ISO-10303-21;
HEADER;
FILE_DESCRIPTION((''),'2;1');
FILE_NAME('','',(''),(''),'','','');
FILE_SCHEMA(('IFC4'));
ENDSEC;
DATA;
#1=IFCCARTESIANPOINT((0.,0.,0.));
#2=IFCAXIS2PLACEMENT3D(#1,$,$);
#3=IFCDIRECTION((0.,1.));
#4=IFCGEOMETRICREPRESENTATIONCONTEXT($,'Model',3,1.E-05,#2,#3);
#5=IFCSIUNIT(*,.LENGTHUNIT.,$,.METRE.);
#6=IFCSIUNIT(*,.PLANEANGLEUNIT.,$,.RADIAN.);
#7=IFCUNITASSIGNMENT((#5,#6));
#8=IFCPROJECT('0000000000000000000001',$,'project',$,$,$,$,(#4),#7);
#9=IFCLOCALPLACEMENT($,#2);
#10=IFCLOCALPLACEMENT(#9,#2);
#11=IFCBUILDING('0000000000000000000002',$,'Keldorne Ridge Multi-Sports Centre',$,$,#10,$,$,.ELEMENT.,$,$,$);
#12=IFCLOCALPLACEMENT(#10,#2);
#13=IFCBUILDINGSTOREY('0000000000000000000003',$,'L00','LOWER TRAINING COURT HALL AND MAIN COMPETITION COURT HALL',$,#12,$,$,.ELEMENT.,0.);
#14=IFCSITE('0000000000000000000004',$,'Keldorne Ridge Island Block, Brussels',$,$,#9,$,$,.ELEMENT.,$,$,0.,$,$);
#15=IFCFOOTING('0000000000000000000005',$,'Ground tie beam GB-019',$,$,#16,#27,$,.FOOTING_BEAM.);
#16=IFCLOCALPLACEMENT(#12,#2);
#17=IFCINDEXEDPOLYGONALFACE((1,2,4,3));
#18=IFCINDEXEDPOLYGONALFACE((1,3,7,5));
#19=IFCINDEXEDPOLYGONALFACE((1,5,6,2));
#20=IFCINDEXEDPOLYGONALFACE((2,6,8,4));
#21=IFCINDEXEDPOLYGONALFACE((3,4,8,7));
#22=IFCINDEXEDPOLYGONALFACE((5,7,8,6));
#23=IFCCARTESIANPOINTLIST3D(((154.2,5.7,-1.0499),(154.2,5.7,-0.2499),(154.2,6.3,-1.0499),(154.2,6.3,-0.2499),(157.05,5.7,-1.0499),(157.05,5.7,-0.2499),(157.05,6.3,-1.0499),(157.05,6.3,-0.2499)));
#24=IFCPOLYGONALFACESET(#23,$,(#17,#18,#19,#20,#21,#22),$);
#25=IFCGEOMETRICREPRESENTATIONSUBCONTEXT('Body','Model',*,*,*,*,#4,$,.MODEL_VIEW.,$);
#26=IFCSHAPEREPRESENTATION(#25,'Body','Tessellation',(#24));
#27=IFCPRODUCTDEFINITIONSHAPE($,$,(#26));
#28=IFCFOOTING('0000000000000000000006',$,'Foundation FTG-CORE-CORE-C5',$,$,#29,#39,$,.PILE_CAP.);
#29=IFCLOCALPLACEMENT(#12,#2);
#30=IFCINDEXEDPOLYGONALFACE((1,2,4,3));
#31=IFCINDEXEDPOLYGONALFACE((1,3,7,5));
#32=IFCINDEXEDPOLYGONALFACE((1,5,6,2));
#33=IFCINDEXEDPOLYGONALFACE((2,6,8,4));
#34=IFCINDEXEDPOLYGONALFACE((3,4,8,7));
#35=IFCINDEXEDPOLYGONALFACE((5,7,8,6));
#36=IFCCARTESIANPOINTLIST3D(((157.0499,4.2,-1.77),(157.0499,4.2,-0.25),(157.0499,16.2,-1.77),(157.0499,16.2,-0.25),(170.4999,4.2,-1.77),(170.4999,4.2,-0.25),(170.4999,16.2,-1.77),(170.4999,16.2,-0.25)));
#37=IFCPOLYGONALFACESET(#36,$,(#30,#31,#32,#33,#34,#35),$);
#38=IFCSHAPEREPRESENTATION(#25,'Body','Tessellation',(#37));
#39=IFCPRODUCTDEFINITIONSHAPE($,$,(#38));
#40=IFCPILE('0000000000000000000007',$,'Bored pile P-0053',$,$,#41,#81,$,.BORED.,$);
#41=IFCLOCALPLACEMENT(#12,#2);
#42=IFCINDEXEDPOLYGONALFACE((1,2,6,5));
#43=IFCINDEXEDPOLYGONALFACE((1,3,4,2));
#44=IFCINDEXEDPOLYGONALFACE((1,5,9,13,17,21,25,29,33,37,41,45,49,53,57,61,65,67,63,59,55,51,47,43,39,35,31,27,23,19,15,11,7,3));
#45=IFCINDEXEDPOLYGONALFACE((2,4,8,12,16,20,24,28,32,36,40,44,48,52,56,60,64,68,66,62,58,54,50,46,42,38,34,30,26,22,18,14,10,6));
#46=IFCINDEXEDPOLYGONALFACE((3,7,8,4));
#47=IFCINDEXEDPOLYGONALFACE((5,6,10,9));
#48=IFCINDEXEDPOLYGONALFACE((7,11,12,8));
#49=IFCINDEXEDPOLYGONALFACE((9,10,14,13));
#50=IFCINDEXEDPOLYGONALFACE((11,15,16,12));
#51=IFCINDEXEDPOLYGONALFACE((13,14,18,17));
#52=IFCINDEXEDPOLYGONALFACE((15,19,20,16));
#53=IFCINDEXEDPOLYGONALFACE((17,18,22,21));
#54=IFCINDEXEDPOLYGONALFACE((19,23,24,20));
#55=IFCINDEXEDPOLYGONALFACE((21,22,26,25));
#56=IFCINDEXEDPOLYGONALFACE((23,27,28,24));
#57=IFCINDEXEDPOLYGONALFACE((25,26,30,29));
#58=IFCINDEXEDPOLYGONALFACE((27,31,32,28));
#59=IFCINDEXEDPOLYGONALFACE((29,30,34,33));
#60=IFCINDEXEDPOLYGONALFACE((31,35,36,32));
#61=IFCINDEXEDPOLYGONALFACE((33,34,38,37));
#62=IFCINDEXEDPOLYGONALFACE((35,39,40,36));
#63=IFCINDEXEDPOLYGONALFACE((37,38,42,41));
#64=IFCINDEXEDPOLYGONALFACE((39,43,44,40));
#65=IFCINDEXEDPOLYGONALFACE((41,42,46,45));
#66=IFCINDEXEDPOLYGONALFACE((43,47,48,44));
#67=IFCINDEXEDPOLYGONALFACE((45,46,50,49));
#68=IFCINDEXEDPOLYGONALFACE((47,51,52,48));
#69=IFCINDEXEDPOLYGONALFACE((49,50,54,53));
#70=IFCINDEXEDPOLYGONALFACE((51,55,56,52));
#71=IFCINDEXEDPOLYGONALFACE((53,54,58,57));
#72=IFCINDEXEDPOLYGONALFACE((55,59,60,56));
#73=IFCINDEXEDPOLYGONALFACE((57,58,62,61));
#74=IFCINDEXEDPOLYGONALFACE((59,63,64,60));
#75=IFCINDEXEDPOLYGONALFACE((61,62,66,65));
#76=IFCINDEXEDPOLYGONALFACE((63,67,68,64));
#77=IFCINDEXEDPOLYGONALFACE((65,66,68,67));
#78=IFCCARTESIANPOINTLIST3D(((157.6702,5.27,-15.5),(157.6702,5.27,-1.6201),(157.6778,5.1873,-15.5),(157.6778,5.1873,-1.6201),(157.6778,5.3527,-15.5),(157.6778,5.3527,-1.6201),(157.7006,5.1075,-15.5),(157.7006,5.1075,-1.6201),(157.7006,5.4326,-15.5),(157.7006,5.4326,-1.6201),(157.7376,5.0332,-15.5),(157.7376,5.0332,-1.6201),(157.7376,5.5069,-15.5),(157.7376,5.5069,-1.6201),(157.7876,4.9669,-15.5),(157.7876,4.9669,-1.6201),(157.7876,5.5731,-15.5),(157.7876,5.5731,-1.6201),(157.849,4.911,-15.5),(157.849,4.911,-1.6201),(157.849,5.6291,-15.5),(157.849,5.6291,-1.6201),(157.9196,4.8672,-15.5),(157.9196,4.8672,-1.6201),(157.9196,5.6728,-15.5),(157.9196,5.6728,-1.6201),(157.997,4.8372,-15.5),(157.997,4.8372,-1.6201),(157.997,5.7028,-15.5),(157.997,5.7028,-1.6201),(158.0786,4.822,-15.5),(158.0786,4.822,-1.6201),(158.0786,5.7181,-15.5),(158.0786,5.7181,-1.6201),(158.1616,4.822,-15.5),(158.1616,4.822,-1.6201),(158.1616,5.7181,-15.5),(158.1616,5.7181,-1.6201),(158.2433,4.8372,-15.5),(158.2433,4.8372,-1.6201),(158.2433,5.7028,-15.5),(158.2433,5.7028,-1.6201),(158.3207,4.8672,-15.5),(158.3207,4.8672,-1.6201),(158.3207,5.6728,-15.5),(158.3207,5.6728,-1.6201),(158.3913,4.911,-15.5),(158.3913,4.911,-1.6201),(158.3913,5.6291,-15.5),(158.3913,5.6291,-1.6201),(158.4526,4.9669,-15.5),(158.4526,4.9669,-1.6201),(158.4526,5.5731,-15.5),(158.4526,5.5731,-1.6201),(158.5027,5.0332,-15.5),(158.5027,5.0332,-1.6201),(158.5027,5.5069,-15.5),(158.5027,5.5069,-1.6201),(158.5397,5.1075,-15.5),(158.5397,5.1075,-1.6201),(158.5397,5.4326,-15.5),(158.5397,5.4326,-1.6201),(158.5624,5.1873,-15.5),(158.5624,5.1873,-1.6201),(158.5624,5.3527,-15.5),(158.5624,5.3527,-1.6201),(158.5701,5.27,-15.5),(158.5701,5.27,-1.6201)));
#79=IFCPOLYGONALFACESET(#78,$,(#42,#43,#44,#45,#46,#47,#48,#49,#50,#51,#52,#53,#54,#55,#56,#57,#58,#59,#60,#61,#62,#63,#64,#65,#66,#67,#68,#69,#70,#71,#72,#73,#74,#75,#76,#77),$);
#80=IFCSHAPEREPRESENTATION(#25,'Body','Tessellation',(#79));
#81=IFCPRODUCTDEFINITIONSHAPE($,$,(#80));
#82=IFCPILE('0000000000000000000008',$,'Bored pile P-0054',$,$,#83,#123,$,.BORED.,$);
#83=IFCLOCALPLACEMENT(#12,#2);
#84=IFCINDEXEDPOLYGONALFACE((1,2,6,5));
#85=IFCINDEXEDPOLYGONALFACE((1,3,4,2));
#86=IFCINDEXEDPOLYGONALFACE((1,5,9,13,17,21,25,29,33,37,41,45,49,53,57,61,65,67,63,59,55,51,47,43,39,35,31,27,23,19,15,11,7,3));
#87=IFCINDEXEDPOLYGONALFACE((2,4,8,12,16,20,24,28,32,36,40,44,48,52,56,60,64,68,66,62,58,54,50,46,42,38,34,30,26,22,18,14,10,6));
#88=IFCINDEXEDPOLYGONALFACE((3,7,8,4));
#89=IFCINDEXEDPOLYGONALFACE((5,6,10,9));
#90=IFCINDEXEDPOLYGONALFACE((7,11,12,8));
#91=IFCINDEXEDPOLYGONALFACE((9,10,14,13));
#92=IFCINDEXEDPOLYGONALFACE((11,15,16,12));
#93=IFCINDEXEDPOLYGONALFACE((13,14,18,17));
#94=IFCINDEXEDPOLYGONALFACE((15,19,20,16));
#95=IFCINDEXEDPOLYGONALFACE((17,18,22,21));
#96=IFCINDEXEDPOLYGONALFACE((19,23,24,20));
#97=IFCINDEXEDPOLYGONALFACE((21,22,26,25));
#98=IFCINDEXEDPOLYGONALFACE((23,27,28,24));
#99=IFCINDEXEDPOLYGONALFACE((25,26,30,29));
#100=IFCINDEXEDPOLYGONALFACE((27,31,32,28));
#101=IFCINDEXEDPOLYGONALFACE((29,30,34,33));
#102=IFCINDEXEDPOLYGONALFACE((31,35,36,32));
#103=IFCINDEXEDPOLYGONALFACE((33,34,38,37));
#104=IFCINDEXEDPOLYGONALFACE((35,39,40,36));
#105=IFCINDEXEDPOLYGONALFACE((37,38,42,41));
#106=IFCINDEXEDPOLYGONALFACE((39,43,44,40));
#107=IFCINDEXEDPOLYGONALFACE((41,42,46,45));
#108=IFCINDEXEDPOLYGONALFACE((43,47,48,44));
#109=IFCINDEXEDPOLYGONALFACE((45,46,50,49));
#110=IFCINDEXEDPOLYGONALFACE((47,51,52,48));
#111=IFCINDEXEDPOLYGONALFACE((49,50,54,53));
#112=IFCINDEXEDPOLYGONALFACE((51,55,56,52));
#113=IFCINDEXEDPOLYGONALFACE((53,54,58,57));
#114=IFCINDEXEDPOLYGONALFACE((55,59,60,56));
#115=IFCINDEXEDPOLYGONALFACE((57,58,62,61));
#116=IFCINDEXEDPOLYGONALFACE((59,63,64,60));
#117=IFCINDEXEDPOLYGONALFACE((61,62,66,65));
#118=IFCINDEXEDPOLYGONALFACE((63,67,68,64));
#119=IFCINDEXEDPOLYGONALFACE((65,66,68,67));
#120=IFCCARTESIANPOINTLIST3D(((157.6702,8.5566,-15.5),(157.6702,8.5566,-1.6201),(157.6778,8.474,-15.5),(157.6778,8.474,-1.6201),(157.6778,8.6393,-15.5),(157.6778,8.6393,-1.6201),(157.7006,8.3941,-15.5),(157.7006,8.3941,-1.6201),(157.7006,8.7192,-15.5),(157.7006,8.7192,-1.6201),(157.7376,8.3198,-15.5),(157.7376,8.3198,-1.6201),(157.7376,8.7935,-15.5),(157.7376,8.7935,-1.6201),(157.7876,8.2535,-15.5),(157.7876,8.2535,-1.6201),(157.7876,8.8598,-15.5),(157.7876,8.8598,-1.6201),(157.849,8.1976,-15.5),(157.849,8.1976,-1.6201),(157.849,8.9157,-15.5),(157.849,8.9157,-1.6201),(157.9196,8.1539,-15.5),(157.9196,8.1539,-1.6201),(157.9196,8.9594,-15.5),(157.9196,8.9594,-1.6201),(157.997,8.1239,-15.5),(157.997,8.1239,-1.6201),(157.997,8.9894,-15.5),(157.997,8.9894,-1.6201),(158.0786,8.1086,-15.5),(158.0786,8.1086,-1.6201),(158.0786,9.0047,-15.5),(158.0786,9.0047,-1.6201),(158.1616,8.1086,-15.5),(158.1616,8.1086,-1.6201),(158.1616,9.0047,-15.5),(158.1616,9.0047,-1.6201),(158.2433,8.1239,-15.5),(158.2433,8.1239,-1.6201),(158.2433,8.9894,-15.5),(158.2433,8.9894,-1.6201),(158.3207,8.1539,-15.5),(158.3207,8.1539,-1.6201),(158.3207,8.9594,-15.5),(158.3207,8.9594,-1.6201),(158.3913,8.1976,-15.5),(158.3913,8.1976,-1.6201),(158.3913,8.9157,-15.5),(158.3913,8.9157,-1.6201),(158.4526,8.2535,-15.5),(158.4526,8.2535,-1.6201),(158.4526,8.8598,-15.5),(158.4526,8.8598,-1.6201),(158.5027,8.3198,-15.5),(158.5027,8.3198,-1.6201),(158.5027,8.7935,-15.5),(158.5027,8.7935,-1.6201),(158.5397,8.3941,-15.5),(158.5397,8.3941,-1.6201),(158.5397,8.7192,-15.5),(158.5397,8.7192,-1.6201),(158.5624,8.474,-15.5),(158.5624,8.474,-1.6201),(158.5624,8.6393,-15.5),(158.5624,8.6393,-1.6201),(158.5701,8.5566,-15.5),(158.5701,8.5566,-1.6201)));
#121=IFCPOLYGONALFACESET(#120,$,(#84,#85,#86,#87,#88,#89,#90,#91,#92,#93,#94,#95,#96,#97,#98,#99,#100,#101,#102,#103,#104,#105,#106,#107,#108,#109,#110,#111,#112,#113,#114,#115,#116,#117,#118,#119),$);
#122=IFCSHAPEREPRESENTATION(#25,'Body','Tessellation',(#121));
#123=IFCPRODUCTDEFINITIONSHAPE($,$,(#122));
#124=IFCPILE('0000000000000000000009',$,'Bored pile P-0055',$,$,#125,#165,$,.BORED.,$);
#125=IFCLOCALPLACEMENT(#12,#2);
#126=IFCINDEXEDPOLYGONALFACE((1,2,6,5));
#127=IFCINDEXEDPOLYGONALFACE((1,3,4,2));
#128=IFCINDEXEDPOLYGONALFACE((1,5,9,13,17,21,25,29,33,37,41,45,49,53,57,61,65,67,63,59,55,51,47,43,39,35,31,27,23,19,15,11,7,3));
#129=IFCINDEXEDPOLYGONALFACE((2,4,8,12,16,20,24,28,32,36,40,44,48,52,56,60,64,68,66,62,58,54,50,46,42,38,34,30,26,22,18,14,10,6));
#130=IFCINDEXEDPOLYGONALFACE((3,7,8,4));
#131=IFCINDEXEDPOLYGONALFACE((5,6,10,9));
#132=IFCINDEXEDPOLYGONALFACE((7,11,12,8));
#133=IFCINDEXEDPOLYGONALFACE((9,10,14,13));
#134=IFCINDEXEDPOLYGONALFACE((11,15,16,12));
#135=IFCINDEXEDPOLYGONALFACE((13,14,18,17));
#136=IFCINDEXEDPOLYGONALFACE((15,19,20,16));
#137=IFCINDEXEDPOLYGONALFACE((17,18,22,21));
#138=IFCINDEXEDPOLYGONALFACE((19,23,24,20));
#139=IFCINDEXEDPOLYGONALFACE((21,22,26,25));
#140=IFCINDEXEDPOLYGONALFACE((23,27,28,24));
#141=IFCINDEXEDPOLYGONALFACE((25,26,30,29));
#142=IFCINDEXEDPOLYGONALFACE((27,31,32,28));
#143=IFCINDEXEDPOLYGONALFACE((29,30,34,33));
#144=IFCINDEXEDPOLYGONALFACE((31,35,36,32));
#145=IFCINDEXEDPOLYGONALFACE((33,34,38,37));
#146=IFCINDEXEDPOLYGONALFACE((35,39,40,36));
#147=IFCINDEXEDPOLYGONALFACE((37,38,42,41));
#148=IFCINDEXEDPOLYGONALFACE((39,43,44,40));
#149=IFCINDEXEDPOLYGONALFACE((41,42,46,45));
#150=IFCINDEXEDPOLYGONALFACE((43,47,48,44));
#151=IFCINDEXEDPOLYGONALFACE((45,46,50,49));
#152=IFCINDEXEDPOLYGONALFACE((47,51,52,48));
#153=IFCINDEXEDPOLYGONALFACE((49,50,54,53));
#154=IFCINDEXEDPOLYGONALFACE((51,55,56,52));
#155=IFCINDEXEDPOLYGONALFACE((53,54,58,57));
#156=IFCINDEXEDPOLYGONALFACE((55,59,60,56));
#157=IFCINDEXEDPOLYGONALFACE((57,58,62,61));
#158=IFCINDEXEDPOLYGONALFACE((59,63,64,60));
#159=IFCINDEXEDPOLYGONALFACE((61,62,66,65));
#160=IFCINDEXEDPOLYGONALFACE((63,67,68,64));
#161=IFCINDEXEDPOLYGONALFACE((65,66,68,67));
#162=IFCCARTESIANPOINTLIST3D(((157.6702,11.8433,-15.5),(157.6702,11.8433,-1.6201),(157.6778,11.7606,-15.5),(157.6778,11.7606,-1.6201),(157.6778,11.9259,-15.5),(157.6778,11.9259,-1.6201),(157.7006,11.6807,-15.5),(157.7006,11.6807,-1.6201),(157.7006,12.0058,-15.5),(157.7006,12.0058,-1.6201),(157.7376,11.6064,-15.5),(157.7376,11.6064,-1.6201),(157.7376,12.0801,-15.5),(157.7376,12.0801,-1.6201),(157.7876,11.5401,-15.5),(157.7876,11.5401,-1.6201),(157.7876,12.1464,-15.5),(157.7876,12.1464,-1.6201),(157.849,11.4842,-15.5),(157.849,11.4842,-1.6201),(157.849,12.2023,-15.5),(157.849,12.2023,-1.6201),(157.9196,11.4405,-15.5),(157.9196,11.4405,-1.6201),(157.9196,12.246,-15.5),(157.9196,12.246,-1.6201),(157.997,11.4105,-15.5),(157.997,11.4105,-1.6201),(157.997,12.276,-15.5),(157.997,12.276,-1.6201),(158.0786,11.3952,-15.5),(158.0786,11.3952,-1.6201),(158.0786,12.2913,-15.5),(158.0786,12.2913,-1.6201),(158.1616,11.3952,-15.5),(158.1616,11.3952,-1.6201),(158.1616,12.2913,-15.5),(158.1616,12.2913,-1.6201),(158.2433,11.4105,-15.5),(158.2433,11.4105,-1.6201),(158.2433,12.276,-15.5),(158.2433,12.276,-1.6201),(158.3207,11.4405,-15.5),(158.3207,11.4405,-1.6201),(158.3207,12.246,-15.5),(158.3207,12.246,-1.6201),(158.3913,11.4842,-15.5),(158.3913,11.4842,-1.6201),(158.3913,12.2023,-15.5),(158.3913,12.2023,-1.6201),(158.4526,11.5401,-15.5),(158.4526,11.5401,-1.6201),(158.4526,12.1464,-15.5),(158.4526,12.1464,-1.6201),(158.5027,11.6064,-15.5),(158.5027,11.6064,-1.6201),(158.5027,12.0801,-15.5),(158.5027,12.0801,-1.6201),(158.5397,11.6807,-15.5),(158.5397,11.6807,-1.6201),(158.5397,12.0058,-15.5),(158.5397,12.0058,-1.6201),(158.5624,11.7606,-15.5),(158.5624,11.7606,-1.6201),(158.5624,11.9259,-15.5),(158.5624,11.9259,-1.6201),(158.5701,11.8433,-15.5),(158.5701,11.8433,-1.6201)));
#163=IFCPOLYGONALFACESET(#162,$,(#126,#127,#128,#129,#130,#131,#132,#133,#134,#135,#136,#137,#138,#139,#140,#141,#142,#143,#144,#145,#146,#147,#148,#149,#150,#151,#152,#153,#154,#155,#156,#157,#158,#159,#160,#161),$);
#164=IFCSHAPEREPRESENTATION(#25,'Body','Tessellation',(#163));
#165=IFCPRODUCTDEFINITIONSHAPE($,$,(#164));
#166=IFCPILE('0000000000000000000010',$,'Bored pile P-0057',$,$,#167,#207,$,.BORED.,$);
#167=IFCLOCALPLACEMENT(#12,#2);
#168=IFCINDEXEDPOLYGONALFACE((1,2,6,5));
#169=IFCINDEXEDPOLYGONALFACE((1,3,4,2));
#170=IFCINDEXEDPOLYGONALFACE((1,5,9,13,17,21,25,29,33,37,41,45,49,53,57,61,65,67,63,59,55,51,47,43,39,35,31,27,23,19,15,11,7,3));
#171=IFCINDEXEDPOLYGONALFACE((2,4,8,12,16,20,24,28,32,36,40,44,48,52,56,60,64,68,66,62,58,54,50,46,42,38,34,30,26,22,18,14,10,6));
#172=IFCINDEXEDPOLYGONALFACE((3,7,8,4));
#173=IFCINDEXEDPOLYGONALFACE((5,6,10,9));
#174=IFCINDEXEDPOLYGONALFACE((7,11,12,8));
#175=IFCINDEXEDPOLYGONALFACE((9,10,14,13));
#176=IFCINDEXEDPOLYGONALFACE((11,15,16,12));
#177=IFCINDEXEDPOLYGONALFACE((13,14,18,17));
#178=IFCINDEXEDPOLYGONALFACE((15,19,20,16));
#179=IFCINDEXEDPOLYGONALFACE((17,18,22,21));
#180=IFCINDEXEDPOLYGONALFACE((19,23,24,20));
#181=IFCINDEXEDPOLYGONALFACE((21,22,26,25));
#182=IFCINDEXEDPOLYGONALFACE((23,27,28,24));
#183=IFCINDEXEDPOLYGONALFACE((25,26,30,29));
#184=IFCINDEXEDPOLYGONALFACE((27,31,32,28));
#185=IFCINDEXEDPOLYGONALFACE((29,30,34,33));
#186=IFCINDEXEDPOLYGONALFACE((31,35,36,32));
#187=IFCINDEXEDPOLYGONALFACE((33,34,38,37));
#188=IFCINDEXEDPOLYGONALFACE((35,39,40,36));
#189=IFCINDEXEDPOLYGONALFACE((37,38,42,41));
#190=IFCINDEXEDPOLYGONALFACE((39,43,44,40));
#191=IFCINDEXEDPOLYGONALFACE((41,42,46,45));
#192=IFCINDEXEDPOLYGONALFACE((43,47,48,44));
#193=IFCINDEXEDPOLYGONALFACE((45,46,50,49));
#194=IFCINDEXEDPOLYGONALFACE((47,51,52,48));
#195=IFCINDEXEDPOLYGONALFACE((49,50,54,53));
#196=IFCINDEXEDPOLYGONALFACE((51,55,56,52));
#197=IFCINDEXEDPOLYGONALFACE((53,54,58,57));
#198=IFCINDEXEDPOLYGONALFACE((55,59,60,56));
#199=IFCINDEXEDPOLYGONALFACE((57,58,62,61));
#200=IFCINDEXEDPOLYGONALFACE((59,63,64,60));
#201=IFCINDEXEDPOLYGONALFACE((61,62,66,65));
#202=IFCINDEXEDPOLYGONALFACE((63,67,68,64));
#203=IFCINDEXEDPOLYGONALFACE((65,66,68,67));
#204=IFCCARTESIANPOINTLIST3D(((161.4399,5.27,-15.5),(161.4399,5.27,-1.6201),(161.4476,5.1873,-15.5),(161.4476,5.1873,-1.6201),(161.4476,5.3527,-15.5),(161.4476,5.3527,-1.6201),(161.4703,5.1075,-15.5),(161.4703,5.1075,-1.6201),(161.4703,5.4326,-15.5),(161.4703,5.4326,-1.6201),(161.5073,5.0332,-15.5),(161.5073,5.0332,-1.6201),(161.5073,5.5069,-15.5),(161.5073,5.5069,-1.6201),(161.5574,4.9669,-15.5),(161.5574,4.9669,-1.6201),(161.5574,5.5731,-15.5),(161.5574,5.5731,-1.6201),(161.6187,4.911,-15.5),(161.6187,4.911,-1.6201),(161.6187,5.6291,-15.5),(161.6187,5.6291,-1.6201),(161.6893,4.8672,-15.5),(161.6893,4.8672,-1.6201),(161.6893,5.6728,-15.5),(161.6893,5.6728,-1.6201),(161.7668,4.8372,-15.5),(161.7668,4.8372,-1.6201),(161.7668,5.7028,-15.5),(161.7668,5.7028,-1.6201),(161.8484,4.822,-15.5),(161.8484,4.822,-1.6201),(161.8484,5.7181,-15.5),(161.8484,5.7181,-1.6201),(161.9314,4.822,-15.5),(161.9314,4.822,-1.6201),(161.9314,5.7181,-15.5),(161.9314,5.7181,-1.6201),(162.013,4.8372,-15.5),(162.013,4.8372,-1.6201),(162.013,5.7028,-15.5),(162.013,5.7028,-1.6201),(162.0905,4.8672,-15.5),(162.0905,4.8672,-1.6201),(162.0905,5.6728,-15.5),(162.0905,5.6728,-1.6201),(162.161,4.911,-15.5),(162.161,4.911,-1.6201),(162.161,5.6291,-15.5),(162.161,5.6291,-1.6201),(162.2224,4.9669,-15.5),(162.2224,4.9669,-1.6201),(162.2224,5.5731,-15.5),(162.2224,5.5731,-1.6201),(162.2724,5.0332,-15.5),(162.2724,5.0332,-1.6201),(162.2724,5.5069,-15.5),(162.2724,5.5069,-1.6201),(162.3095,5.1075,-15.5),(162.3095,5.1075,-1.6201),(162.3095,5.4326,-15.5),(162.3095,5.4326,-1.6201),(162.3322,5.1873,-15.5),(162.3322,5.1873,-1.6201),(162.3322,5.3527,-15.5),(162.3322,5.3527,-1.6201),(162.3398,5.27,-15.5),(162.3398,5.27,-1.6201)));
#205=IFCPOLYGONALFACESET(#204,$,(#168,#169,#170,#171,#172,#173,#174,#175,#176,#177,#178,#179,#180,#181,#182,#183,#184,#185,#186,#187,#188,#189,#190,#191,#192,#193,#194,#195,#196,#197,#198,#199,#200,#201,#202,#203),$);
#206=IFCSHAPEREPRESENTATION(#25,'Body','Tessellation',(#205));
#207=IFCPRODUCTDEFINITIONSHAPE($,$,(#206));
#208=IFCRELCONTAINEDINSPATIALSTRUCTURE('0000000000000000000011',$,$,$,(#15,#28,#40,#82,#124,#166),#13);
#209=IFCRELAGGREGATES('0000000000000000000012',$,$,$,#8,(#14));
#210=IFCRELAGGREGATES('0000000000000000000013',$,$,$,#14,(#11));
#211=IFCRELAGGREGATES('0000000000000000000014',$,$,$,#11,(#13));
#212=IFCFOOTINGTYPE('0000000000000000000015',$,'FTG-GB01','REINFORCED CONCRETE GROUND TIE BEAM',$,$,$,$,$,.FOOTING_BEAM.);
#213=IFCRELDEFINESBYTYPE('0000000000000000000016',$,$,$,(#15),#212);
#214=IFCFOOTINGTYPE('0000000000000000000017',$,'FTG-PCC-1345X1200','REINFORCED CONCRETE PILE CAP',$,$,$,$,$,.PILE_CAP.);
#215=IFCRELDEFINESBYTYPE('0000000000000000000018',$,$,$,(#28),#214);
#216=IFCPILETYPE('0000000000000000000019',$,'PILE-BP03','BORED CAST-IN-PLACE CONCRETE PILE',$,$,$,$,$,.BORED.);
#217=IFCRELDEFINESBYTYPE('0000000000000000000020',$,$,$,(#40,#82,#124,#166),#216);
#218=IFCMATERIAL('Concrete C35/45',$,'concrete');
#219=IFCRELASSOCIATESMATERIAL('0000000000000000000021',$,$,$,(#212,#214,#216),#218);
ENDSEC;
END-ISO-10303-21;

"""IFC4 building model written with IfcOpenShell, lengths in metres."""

from ifc_helpers import new_model, si_unit, direction, frame, origin, origin_2d, place, context, subcontext, project, spatial, rectangle, circle, extrude, material, material_profile, profile_set, type_object, element, save


model = new_model("IFC4")

# Units and contexts
model_context = context("Model", 3, precision=1e-05, world=origin(), true_north=direction((0.0, 1.0)))
body_context = subcontext(model_context, "Body", "Model", "MODEL_VIEW")
ifc_project = project(units=[si_unit("LENGTHUNIT", "METRE"), si_unit("PLANEANGLEUNIT", "RADIAN")], contexts=[model_context])

# Site, building, storey
site_placement = place(None, origin())
site = spatial("IfcSite", under=ifc_project, at=site_placement, Name="Keldorne Ridge Island Block, Brussels", CompositionType="ELEMENT", RefElevation=0.0)
building_placement = place(site_placement, origin())
building = spatial("IfcBuilding", under=site, at=building_placement, Name="Keldorne Ridge Multi-Sports Centre", CompositionType="ELEMENT")
storey_placement = place(building_placement, origin())
storey = spatial("IfcBuildingStorey", under=building, at=storey_placement, Name="L00", Description="LOWER TRAINING COURT HALL AND MAIN COMPETITION COURT HALL", CompositionType="ELEMENT", Elevation=0.0)

# Footings
ifc_material_1 = material(Name="Concrete C35/45", Category="concrete")
ifc_material_profile_1 = material_profile(ifc_material_1, rectangle(XDim=0.6001, YDim=0.8, at=origin_2d()), Name="GB 600x800")
ifc_profile_set_1 = profile_set([ifc_material_profile_1], Name="Concrete C35/45")
footing_type_1 = type_object("IfcFootingType", Name="FTG-GB01", Description="REINFORCED CONCRETE GROUND TIE BEAM", PredefinedType="FOOTING_BEAM", material=ifc_profile_set_1)
footing_1_placement = place(storey_placement, frame((154.2, 6.0, -0.6499), z_axis=(1.0, 0.0, 0.0), x_axis=(0.0, 1.0, 0.0)))
element("IfcFooting", 1, at=footing_1_placement, inside=storey, type_object=footing_type_1, Name="Ground tie beam GB-019", PredefinedType="FOOTING_BEAM", context=body_context, shape_type="SweptSolid", body=[
    extrude(rectangle(XDim=0.6001, YDim=0.8, at=origin_2d()), origin(), (0.0, 0.0, 1.0), 2.8501),
])
footing_type_2 = type_object("IfcFootingType", Name="FTG-PCC-1345X1200", Description="REINFORCED CONCRETE PILE CAP", PredefinedType="PILE_CAP", material=ifc_material_1)
footing_2_placement = place(storey_placement, frame((163.7749, 10.2, -1.77), z_axis=(0.0, 0.0, 1.0), x_axis=(1.0, 0.0, 0.0)))
element("IfcFooting", 2, at=footing_2_placement, inside=storey, type_object=footing_type_2, Name="Foundation FTG-CORE-CORE-C5", PredefinedType="PILE_CAP", context=body_context, shape_type="SweptSolid", body=[
    extrude(rectangle(XDim=13.45, YDim=12.0, at=origin_2d()), origin(), (0.0, 0.0, 1.0), 1.52),
])

# Piles
ifc_material_profile_2 = material_profile(ifc_material_1, circle(Radius=0.45, at=origin_2d()), Name="BORED PILE D900")
ifc_profile_set_2 = profile_set([ifc_material_profile_2], Name="Concrete C35/45")
pile_type = type_object("IfcPileType", Name="PILE-BP03", Description="BORED CAST-IN-PLACE CONCRETE PILE", PredefinedType="BORED", material=ifc_profile_set_2)
for number, where, z_axis, x_axis, name in (
    (3, (158.1201, 5.27, -1.6201), (0.0, 0.0, -1.0), (1.0, 0.0, 0.0), "Bored pile P-0053"),
    (4, (158.1201, 8.5566, -1.6201), (0.0, 0.0, -1.0), (1.0, 0.0, 0.0), "Bored pile P-0054"),
    (5, (158.1201, 11.8433, -1.6201), (0.0, 0.0, -1.0), (1.0, 0.0, 0.0), "Bored pile P-0055"),
    (6, (161.8899, 5.27, -1.6201), (0.0, 0.0, -1.0), (1.0, 0.0, 0.0), "Bored pile P-0057"),
):
    element("IfcPile", number, at=place(storey_placement, frame(where, z_axis=z_axis, x_axis=x_axis)), inside=storey, type_object=pile_type, Name=name, PredefinedType="BORED", context=body_context, shape_type="SweptSolid", body=[
        extrude(circle(Radius=0.45, at=origin_2d()), origin(), (0.0, 0.0, 1.0), 13.8799),
    ])

save(model, "model.ifc")
